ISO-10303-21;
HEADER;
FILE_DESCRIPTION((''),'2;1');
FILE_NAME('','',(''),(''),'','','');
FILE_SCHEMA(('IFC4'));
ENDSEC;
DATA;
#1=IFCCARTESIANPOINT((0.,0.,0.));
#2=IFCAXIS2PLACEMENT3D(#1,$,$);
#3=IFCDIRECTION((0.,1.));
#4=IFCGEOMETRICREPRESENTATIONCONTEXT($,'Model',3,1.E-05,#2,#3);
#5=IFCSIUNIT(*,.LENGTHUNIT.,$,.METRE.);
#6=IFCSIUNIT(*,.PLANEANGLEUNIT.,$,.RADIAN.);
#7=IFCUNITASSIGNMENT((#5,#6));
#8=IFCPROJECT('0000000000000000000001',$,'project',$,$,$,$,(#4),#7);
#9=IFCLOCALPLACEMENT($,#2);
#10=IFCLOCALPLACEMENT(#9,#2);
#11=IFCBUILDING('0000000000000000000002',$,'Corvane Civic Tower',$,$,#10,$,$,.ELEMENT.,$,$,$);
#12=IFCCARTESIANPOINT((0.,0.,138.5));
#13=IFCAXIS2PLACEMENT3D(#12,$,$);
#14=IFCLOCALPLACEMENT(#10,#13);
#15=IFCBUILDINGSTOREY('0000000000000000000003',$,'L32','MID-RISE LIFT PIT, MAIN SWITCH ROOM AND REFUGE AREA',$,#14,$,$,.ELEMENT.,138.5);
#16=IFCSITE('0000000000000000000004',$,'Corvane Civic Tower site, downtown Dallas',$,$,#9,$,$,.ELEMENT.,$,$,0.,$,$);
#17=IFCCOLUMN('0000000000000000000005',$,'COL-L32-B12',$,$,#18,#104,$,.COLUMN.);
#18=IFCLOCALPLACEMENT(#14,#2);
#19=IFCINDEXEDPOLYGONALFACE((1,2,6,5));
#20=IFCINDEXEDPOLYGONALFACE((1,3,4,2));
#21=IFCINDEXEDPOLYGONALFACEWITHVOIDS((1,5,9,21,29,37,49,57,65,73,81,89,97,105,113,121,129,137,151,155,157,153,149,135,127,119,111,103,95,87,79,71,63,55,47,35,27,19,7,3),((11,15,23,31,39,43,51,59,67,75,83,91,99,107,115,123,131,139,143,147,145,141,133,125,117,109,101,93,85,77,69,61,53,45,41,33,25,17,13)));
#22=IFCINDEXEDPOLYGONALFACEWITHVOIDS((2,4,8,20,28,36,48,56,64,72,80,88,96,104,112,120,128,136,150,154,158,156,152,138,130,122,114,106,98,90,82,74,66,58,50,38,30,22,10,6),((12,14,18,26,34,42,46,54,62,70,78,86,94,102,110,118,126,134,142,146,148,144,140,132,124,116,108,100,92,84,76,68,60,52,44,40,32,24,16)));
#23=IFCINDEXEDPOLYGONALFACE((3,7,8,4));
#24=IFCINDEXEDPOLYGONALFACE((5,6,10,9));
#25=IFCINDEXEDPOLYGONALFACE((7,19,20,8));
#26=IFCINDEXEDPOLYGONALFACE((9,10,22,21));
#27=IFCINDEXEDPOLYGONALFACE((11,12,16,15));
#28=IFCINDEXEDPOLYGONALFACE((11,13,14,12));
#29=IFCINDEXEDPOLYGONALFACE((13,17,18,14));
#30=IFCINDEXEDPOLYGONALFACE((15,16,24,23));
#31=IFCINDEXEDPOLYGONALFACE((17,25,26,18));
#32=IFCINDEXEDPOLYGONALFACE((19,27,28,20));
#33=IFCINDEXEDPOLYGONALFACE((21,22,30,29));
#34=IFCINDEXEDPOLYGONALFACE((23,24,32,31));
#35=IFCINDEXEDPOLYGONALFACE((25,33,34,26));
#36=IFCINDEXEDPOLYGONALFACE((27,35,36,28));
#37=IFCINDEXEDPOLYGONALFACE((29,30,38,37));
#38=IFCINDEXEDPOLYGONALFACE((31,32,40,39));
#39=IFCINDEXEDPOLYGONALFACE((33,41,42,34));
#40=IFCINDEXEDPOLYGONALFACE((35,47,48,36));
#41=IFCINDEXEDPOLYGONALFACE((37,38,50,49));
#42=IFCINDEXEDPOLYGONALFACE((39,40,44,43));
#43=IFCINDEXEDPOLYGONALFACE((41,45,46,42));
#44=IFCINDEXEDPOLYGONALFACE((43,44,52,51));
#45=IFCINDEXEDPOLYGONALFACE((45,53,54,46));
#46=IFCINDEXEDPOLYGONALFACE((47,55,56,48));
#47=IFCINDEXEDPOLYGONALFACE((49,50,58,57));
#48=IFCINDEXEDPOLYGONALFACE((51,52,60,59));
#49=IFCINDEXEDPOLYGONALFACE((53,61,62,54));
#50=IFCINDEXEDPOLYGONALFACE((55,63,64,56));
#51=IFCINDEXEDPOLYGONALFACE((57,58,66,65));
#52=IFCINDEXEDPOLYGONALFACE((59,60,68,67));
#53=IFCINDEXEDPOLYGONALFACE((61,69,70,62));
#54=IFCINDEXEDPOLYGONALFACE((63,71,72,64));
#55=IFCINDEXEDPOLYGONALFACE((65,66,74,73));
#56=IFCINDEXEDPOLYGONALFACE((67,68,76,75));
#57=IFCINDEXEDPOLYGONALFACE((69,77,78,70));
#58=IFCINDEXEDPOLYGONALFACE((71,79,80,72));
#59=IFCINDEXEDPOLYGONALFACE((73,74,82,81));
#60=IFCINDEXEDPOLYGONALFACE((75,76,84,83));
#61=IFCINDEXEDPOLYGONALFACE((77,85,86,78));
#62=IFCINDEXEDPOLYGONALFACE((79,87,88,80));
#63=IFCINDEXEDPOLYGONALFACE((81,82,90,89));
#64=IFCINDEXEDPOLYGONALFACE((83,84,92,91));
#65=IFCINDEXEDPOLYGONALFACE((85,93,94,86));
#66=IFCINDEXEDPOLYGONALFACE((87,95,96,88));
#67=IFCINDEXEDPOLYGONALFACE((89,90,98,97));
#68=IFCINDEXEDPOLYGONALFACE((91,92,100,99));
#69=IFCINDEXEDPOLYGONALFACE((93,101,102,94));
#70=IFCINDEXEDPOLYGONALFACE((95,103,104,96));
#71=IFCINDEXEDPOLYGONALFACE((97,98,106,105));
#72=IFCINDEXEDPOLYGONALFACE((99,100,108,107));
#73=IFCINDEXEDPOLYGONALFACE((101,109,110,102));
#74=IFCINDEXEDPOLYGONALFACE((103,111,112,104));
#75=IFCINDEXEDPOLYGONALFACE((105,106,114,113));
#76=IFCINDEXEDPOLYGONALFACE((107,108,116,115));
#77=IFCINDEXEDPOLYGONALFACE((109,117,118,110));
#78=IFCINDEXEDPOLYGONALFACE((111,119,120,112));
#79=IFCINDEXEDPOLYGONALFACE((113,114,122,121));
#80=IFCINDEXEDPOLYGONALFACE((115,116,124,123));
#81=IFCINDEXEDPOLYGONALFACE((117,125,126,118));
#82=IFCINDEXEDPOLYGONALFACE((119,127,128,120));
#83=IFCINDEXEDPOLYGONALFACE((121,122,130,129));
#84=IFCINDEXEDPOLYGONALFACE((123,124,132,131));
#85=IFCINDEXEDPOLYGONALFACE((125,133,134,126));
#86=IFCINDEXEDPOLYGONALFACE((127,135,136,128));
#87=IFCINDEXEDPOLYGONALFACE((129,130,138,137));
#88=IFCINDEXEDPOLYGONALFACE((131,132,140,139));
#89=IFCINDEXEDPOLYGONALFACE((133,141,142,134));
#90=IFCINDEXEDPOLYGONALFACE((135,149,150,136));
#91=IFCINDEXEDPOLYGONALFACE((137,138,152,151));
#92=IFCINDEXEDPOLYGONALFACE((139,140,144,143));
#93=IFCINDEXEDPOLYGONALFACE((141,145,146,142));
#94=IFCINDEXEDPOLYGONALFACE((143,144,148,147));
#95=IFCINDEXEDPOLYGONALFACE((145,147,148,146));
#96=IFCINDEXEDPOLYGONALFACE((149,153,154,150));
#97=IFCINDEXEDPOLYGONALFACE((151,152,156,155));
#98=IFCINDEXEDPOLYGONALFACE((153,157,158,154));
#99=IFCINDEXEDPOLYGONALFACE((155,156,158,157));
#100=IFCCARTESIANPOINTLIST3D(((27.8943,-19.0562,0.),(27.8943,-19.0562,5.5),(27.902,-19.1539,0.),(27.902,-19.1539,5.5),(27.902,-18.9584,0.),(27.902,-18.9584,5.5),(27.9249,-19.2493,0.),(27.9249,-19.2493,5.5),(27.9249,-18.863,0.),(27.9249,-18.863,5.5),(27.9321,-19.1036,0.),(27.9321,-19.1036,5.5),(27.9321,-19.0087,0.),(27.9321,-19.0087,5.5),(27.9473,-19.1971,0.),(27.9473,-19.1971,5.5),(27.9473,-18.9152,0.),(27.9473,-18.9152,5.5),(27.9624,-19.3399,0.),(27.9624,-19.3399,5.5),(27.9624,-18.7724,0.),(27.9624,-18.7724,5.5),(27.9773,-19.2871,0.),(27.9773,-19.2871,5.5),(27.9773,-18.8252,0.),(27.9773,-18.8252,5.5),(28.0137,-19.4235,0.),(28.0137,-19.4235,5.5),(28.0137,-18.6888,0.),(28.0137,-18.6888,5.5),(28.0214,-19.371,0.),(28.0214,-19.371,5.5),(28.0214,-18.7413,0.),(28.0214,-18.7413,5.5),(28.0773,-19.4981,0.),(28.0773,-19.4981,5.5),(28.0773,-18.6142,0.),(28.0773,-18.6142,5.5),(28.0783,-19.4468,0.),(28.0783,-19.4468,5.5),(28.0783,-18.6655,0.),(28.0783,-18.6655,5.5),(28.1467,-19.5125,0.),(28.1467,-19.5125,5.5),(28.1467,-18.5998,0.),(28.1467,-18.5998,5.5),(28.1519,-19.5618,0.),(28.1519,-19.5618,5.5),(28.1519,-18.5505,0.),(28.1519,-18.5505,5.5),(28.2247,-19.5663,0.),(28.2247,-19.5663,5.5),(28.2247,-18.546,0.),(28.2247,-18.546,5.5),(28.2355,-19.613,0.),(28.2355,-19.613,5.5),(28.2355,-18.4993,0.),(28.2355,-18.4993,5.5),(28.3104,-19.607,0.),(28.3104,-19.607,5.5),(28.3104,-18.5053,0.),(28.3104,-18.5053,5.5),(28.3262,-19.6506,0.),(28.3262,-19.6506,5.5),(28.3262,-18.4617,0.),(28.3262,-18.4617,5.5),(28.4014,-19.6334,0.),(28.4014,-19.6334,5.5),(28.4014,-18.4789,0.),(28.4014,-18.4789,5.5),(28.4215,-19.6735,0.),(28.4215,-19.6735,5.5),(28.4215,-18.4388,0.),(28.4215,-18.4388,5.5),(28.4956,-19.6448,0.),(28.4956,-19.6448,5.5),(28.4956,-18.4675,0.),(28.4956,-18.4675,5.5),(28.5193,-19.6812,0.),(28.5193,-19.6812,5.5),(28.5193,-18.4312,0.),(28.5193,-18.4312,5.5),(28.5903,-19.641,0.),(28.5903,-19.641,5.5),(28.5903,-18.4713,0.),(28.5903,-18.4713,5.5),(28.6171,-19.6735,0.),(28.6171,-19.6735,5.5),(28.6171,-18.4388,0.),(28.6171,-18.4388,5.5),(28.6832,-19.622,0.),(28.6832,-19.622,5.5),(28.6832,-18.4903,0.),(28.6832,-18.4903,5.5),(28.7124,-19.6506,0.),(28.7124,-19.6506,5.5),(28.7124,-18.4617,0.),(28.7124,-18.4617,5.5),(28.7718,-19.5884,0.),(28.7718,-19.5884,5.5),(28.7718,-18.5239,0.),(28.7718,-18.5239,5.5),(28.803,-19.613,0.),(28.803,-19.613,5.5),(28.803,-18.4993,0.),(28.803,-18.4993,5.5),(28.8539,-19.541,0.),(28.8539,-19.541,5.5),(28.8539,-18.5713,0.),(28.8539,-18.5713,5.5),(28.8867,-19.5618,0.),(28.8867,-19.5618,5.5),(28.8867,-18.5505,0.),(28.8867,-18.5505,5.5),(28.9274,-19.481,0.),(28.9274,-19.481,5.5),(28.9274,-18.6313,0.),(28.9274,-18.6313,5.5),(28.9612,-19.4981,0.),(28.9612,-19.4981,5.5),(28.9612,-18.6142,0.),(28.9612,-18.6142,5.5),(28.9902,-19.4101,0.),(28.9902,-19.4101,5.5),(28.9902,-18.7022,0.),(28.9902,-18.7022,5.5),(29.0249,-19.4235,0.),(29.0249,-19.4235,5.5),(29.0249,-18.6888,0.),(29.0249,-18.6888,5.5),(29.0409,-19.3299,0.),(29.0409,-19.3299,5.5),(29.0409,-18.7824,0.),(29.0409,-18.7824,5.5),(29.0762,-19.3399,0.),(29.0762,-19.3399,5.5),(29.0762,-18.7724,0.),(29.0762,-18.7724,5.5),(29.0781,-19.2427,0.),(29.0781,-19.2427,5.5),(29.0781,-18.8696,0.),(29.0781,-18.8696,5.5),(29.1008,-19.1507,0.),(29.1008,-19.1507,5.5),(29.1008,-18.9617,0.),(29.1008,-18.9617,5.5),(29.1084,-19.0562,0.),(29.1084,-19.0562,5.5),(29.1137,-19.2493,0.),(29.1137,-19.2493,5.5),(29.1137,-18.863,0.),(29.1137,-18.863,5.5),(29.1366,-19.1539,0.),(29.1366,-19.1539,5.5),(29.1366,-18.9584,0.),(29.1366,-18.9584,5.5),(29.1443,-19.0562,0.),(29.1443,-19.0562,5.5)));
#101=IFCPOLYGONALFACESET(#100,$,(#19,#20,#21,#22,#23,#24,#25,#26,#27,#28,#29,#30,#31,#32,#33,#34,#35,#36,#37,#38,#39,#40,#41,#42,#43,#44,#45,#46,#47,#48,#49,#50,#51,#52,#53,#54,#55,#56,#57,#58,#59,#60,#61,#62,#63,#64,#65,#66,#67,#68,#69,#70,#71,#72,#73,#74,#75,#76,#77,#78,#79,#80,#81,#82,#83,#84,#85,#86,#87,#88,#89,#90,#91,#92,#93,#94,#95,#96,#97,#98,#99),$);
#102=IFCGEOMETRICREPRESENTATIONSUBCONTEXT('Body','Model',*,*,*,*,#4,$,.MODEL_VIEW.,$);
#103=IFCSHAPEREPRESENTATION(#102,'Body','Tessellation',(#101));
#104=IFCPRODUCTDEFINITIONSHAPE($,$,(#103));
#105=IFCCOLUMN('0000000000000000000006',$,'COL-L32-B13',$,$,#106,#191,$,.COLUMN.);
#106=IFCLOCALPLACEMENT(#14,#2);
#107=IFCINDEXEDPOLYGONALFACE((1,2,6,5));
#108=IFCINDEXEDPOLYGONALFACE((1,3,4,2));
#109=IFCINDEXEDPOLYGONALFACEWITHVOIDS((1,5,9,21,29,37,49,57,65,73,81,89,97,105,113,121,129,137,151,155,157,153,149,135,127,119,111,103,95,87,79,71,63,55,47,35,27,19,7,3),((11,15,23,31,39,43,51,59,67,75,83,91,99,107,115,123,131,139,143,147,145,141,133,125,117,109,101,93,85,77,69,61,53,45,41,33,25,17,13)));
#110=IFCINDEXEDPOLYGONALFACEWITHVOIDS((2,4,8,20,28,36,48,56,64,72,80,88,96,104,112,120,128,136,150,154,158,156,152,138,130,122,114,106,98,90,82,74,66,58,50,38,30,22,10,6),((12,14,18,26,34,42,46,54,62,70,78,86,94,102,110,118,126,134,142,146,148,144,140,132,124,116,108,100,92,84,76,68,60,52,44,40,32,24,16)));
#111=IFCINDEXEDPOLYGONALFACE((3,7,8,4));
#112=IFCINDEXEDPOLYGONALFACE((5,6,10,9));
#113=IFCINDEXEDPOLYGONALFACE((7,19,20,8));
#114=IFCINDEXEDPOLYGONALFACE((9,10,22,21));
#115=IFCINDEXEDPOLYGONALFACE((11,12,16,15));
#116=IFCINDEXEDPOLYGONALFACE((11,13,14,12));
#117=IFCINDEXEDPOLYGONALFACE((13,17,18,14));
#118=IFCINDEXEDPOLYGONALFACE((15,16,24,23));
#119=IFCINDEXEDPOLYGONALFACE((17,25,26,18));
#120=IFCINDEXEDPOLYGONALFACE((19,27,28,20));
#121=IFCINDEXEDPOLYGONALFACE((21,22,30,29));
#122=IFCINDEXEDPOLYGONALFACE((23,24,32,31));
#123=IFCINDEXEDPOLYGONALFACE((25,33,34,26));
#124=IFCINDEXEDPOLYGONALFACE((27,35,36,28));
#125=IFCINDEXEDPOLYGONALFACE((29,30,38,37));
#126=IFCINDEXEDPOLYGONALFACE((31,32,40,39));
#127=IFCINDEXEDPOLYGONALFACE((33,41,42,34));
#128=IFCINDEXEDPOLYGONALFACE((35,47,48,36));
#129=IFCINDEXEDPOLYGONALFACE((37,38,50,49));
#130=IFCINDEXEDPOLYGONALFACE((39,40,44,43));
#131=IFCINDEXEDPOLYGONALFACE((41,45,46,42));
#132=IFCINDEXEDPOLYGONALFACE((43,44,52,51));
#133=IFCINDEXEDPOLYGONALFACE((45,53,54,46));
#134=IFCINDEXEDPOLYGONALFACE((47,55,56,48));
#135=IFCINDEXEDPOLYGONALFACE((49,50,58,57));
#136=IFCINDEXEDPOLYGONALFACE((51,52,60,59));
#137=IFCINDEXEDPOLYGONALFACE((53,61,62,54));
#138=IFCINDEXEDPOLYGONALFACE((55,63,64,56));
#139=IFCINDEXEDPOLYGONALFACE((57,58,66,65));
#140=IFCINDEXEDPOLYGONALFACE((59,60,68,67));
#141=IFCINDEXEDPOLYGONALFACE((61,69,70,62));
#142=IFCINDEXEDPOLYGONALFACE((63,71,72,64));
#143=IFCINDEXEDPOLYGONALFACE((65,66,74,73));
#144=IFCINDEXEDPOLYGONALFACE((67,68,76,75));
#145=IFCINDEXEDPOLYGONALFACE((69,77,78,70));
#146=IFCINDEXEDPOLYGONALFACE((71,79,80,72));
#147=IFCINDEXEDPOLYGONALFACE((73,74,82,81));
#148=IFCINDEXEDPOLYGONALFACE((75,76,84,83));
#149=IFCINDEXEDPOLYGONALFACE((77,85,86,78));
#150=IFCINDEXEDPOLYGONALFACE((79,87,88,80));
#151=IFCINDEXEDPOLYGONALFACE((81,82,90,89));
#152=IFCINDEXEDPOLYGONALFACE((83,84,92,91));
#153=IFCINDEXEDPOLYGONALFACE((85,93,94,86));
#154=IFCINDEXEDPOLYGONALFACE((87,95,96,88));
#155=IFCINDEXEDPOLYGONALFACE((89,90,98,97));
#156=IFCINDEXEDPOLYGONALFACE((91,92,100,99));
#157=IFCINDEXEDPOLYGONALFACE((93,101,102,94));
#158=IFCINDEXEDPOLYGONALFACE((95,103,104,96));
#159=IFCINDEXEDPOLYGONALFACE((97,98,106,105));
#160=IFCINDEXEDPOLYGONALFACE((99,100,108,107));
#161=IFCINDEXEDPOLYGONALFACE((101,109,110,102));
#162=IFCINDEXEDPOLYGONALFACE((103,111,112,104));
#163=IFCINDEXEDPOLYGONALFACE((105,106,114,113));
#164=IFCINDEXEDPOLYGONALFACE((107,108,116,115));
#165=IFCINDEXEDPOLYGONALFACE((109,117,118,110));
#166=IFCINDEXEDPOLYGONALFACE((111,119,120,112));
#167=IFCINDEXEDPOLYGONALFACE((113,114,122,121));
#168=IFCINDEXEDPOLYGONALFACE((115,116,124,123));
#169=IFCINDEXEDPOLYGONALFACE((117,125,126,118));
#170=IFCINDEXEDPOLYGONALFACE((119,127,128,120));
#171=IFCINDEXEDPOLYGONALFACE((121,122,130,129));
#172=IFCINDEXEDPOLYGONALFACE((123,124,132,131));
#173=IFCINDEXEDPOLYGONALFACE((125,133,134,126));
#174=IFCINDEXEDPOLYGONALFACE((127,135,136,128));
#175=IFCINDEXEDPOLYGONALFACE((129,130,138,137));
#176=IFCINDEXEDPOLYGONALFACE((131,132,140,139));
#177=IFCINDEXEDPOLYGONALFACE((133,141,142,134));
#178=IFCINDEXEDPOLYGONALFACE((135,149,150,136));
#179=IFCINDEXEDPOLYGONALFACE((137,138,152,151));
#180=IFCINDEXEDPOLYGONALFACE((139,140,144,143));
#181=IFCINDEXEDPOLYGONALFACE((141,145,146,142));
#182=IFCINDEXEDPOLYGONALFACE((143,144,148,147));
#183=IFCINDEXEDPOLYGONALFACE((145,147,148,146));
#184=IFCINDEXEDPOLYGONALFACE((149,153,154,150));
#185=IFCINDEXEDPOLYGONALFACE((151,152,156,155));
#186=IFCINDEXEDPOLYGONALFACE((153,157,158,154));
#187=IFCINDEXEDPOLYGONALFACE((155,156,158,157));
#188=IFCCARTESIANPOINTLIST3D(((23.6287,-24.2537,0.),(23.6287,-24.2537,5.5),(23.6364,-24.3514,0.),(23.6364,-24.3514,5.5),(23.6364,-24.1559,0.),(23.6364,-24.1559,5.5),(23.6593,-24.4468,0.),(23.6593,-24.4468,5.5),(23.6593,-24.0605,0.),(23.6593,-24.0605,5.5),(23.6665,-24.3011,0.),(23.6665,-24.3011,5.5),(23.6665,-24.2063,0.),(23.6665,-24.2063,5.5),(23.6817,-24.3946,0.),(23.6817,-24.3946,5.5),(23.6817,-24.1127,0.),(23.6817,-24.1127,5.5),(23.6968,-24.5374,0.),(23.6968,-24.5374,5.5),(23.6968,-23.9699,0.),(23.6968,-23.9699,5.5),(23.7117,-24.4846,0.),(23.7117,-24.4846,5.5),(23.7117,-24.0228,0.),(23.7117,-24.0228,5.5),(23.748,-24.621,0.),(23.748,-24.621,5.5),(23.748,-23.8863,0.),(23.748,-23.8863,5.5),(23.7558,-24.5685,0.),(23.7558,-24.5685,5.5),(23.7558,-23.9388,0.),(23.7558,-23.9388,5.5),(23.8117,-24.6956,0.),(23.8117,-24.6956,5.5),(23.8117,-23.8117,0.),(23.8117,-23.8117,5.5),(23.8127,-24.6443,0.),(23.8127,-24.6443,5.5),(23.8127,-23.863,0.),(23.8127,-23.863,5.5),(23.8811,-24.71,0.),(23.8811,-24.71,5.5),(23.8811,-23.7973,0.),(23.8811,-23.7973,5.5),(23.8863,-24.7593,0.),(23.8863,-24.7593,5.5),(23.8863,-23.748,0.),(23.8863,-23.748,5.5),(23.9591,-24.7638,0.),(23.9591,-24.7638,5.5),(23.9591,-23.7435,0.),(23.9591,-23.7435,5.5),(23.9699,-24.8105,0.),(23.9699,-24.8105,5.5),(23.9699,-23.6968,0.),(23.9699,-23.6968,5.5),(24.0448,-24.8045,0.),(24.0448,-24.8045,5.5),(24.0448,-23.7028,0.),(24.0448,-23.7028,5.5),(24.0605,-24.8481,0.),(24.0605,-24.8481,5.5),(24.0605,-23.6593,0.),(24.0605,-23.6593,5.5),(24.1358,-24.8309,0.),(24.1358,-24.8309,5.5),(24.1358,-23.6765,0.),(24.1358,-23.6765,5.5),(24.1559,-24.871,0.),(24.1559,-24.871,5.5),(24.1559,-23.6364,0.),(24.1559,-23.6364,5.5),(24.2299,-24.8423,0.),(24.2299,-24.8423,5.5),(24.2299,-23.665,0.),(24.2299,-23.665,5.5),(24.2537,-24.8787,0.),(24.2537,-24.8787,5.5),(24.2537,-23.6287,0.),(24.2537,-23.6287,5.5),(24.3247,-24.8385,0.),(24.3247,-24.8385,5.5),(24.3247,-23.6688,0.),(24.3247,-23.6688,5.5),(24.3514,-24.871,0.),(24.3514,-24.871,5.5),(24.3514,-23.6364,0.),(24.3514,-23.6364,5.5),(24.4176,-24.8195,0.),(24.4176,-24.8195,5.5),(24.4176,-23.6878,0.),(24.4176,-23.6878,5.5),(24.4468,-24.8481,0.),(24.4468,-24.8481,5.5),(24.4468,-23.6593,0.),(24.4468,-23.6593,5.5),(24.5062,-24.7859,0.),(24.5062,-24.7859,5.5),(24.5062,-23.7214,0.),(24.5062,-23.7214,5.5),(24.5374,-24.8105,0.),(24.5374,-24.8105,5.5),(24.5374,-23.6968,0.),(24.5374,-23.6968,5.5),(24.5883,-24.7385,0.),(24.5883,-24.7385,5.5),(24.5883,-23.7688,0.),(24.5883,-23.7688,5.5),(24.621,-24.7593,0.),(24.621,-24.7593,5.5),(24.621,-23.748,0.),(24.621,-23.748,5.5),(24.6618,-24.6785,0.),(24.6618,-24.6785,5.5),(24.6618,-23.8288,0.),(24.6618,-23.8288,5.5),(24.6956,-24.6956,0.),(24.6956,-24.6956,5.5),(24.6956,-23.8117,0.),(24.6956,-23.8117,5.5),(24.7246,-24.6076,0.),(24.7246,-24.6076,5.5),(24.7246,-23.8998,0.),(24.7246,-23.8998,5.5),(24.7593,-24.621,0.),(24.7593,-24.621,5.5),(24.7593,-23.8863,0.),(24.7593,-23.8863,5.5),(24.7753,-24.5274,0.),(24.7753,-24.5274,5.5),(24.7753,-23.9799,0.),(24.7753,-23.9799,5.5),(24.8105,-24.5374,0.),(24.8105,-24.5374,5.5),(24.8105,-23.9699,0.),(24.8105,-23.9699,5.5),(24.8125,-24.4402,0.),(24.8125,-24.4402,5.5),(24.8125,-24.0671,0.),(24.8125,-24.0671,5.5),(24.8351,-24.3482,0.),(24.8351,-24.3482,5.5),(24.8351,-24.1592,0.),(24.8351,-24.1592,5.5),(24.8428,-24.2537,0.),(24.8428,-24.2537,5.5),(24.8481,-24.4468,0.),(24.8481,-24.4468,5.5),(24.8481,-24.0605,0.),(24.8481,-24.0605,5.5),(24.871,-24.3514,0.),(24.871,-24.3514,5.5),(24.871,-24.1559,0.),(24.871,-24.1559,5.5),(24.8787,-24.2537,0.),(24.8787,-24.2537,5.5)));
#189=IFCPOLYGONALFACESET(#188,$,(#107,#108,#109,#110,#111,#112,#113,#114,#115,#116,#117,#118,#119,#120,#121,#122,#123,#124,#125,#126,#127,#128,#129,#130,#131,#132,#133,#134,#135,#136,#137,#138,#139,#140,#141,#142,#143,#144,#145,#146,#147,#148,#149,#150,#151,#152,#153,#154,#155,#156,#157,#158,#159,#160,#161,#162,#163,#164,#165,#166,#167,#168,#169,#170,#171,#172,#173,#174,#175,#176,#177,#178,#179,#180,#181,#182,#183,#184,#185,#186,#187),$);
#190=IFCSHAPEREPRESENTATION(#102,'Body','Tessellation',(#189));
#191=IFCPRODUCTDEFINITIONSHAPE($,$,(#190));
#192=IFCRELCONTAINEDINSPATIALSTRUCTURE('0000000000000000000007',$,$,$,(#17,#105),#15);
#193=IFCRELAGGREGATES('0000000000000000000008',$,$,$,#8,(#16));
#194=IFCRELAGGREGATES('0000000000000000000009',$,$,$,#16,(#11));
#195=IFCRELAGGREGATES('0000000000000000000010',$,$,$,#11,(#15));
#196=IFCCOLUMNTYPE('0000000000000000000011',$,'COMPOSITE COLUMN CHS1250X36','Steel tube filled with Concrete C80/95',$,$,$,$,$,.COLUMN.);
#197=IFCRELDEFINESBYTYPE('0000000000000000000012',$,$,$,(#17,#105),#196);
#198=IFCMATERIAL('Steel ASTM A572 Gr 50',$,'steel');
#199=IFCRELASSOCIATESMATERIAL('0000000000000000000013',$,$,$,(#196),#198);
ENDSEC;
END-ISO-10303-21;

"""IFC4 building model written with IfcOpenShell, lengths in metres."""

from ifc_helpers import new_model, si_unit, direction, frame, origin, origin_2d, place, context, subcontext, project, spatial, hollow_circle, extrude, material, material_profile, profile_set, type_object, element, save


model = new_model("IFC4")

# Units and contexts
model_context = context("Model", 3, precision=1e-05, world=origin(), true_north=direction((0.0, 1.0)))
body_context = subcontext(model_context, "Body", "Model", "MODEL_VIEW")
ifc_project = project(units=[si_unit("LENGTHUNIT", "METRE"), si_unit("PLANEANGLEUNIT", "RADIAN")], contexts=[model_context])

# Site, building, storey
site_placement = place(None, origin())
site = spatial("IfcSite", under=ifc_project, at=site_placement, Name="Corvane Civic Tower site, downtown Dallas", CompositionType="ELEMENT", RefElevation=0.0)
building_placement = place(site_placement, origin())
building = spatial("IfcBuilding", under=site, at=building_placement, Name="Corvane Civic Tower", CompositionType="ELEMENT")
storey_placement = place(building_placement, frame((0.0, 0.0, 138.5)))
storey = spatial("IfcBuildingStorey", under=building, at=storey_placement, Name="L32", Description="MID-RISE LIFT PIT, MAIN SWITCH ROOM AND REFUGE AREA", CompositionType="ELEMENT", Elevation=138.5)

# Columns
ifc_material_1 = material(Name="Steel ASTM A572 Gr 50", Category="steel")
ifc_material_profile_1 = material_profile(ifc_material_1, hollow_circle(Radius=0.625, WallThickness=0.0359, at=origin_2d()), Name="CHS1250X36")
ifc_profile_set_1 = profile_set([ifc_material_profile_1], Name="Steel ASTM A572 Gr 50")
column_type = type_object("IfcColumnType", Name="COMPOSITE COLUMN CHS1250X36", Description="Steel tube filled with Concrete C80/95", PredefinedType="COLUMN", material=ifc_profile_set_1)
for number, where, z_axis, x_axis, name in (
    (1, (28.5193, -19.0562, 0.0), (0.0, 0.0, 1.0), (1.0, 0.0, 0.0), "COL-L32-B12"),
    (2, (24.2537, -24.2537, 0.0), (0.0, 0.0, 1.0), (1.0, 0.0, 0.0), "COL-L32-B13"),
):
    element("IfcColumn", number, at=place(storey_placement, frame(where, z_axis=z_axis, x_axis=x_axis)), inside=storey, type_object=column_type, Name=name, PredefinedType="COLUMN", context=body_context, shape_type="SweptSolid", body=[
        extrude(hollow_circle(Radius=0.625, WallThickness=0.0359, at=origin_2d()), origin(), (0.0, 0.0, 1.0), 5.5),
    ])

save(model, "model.ifc")
